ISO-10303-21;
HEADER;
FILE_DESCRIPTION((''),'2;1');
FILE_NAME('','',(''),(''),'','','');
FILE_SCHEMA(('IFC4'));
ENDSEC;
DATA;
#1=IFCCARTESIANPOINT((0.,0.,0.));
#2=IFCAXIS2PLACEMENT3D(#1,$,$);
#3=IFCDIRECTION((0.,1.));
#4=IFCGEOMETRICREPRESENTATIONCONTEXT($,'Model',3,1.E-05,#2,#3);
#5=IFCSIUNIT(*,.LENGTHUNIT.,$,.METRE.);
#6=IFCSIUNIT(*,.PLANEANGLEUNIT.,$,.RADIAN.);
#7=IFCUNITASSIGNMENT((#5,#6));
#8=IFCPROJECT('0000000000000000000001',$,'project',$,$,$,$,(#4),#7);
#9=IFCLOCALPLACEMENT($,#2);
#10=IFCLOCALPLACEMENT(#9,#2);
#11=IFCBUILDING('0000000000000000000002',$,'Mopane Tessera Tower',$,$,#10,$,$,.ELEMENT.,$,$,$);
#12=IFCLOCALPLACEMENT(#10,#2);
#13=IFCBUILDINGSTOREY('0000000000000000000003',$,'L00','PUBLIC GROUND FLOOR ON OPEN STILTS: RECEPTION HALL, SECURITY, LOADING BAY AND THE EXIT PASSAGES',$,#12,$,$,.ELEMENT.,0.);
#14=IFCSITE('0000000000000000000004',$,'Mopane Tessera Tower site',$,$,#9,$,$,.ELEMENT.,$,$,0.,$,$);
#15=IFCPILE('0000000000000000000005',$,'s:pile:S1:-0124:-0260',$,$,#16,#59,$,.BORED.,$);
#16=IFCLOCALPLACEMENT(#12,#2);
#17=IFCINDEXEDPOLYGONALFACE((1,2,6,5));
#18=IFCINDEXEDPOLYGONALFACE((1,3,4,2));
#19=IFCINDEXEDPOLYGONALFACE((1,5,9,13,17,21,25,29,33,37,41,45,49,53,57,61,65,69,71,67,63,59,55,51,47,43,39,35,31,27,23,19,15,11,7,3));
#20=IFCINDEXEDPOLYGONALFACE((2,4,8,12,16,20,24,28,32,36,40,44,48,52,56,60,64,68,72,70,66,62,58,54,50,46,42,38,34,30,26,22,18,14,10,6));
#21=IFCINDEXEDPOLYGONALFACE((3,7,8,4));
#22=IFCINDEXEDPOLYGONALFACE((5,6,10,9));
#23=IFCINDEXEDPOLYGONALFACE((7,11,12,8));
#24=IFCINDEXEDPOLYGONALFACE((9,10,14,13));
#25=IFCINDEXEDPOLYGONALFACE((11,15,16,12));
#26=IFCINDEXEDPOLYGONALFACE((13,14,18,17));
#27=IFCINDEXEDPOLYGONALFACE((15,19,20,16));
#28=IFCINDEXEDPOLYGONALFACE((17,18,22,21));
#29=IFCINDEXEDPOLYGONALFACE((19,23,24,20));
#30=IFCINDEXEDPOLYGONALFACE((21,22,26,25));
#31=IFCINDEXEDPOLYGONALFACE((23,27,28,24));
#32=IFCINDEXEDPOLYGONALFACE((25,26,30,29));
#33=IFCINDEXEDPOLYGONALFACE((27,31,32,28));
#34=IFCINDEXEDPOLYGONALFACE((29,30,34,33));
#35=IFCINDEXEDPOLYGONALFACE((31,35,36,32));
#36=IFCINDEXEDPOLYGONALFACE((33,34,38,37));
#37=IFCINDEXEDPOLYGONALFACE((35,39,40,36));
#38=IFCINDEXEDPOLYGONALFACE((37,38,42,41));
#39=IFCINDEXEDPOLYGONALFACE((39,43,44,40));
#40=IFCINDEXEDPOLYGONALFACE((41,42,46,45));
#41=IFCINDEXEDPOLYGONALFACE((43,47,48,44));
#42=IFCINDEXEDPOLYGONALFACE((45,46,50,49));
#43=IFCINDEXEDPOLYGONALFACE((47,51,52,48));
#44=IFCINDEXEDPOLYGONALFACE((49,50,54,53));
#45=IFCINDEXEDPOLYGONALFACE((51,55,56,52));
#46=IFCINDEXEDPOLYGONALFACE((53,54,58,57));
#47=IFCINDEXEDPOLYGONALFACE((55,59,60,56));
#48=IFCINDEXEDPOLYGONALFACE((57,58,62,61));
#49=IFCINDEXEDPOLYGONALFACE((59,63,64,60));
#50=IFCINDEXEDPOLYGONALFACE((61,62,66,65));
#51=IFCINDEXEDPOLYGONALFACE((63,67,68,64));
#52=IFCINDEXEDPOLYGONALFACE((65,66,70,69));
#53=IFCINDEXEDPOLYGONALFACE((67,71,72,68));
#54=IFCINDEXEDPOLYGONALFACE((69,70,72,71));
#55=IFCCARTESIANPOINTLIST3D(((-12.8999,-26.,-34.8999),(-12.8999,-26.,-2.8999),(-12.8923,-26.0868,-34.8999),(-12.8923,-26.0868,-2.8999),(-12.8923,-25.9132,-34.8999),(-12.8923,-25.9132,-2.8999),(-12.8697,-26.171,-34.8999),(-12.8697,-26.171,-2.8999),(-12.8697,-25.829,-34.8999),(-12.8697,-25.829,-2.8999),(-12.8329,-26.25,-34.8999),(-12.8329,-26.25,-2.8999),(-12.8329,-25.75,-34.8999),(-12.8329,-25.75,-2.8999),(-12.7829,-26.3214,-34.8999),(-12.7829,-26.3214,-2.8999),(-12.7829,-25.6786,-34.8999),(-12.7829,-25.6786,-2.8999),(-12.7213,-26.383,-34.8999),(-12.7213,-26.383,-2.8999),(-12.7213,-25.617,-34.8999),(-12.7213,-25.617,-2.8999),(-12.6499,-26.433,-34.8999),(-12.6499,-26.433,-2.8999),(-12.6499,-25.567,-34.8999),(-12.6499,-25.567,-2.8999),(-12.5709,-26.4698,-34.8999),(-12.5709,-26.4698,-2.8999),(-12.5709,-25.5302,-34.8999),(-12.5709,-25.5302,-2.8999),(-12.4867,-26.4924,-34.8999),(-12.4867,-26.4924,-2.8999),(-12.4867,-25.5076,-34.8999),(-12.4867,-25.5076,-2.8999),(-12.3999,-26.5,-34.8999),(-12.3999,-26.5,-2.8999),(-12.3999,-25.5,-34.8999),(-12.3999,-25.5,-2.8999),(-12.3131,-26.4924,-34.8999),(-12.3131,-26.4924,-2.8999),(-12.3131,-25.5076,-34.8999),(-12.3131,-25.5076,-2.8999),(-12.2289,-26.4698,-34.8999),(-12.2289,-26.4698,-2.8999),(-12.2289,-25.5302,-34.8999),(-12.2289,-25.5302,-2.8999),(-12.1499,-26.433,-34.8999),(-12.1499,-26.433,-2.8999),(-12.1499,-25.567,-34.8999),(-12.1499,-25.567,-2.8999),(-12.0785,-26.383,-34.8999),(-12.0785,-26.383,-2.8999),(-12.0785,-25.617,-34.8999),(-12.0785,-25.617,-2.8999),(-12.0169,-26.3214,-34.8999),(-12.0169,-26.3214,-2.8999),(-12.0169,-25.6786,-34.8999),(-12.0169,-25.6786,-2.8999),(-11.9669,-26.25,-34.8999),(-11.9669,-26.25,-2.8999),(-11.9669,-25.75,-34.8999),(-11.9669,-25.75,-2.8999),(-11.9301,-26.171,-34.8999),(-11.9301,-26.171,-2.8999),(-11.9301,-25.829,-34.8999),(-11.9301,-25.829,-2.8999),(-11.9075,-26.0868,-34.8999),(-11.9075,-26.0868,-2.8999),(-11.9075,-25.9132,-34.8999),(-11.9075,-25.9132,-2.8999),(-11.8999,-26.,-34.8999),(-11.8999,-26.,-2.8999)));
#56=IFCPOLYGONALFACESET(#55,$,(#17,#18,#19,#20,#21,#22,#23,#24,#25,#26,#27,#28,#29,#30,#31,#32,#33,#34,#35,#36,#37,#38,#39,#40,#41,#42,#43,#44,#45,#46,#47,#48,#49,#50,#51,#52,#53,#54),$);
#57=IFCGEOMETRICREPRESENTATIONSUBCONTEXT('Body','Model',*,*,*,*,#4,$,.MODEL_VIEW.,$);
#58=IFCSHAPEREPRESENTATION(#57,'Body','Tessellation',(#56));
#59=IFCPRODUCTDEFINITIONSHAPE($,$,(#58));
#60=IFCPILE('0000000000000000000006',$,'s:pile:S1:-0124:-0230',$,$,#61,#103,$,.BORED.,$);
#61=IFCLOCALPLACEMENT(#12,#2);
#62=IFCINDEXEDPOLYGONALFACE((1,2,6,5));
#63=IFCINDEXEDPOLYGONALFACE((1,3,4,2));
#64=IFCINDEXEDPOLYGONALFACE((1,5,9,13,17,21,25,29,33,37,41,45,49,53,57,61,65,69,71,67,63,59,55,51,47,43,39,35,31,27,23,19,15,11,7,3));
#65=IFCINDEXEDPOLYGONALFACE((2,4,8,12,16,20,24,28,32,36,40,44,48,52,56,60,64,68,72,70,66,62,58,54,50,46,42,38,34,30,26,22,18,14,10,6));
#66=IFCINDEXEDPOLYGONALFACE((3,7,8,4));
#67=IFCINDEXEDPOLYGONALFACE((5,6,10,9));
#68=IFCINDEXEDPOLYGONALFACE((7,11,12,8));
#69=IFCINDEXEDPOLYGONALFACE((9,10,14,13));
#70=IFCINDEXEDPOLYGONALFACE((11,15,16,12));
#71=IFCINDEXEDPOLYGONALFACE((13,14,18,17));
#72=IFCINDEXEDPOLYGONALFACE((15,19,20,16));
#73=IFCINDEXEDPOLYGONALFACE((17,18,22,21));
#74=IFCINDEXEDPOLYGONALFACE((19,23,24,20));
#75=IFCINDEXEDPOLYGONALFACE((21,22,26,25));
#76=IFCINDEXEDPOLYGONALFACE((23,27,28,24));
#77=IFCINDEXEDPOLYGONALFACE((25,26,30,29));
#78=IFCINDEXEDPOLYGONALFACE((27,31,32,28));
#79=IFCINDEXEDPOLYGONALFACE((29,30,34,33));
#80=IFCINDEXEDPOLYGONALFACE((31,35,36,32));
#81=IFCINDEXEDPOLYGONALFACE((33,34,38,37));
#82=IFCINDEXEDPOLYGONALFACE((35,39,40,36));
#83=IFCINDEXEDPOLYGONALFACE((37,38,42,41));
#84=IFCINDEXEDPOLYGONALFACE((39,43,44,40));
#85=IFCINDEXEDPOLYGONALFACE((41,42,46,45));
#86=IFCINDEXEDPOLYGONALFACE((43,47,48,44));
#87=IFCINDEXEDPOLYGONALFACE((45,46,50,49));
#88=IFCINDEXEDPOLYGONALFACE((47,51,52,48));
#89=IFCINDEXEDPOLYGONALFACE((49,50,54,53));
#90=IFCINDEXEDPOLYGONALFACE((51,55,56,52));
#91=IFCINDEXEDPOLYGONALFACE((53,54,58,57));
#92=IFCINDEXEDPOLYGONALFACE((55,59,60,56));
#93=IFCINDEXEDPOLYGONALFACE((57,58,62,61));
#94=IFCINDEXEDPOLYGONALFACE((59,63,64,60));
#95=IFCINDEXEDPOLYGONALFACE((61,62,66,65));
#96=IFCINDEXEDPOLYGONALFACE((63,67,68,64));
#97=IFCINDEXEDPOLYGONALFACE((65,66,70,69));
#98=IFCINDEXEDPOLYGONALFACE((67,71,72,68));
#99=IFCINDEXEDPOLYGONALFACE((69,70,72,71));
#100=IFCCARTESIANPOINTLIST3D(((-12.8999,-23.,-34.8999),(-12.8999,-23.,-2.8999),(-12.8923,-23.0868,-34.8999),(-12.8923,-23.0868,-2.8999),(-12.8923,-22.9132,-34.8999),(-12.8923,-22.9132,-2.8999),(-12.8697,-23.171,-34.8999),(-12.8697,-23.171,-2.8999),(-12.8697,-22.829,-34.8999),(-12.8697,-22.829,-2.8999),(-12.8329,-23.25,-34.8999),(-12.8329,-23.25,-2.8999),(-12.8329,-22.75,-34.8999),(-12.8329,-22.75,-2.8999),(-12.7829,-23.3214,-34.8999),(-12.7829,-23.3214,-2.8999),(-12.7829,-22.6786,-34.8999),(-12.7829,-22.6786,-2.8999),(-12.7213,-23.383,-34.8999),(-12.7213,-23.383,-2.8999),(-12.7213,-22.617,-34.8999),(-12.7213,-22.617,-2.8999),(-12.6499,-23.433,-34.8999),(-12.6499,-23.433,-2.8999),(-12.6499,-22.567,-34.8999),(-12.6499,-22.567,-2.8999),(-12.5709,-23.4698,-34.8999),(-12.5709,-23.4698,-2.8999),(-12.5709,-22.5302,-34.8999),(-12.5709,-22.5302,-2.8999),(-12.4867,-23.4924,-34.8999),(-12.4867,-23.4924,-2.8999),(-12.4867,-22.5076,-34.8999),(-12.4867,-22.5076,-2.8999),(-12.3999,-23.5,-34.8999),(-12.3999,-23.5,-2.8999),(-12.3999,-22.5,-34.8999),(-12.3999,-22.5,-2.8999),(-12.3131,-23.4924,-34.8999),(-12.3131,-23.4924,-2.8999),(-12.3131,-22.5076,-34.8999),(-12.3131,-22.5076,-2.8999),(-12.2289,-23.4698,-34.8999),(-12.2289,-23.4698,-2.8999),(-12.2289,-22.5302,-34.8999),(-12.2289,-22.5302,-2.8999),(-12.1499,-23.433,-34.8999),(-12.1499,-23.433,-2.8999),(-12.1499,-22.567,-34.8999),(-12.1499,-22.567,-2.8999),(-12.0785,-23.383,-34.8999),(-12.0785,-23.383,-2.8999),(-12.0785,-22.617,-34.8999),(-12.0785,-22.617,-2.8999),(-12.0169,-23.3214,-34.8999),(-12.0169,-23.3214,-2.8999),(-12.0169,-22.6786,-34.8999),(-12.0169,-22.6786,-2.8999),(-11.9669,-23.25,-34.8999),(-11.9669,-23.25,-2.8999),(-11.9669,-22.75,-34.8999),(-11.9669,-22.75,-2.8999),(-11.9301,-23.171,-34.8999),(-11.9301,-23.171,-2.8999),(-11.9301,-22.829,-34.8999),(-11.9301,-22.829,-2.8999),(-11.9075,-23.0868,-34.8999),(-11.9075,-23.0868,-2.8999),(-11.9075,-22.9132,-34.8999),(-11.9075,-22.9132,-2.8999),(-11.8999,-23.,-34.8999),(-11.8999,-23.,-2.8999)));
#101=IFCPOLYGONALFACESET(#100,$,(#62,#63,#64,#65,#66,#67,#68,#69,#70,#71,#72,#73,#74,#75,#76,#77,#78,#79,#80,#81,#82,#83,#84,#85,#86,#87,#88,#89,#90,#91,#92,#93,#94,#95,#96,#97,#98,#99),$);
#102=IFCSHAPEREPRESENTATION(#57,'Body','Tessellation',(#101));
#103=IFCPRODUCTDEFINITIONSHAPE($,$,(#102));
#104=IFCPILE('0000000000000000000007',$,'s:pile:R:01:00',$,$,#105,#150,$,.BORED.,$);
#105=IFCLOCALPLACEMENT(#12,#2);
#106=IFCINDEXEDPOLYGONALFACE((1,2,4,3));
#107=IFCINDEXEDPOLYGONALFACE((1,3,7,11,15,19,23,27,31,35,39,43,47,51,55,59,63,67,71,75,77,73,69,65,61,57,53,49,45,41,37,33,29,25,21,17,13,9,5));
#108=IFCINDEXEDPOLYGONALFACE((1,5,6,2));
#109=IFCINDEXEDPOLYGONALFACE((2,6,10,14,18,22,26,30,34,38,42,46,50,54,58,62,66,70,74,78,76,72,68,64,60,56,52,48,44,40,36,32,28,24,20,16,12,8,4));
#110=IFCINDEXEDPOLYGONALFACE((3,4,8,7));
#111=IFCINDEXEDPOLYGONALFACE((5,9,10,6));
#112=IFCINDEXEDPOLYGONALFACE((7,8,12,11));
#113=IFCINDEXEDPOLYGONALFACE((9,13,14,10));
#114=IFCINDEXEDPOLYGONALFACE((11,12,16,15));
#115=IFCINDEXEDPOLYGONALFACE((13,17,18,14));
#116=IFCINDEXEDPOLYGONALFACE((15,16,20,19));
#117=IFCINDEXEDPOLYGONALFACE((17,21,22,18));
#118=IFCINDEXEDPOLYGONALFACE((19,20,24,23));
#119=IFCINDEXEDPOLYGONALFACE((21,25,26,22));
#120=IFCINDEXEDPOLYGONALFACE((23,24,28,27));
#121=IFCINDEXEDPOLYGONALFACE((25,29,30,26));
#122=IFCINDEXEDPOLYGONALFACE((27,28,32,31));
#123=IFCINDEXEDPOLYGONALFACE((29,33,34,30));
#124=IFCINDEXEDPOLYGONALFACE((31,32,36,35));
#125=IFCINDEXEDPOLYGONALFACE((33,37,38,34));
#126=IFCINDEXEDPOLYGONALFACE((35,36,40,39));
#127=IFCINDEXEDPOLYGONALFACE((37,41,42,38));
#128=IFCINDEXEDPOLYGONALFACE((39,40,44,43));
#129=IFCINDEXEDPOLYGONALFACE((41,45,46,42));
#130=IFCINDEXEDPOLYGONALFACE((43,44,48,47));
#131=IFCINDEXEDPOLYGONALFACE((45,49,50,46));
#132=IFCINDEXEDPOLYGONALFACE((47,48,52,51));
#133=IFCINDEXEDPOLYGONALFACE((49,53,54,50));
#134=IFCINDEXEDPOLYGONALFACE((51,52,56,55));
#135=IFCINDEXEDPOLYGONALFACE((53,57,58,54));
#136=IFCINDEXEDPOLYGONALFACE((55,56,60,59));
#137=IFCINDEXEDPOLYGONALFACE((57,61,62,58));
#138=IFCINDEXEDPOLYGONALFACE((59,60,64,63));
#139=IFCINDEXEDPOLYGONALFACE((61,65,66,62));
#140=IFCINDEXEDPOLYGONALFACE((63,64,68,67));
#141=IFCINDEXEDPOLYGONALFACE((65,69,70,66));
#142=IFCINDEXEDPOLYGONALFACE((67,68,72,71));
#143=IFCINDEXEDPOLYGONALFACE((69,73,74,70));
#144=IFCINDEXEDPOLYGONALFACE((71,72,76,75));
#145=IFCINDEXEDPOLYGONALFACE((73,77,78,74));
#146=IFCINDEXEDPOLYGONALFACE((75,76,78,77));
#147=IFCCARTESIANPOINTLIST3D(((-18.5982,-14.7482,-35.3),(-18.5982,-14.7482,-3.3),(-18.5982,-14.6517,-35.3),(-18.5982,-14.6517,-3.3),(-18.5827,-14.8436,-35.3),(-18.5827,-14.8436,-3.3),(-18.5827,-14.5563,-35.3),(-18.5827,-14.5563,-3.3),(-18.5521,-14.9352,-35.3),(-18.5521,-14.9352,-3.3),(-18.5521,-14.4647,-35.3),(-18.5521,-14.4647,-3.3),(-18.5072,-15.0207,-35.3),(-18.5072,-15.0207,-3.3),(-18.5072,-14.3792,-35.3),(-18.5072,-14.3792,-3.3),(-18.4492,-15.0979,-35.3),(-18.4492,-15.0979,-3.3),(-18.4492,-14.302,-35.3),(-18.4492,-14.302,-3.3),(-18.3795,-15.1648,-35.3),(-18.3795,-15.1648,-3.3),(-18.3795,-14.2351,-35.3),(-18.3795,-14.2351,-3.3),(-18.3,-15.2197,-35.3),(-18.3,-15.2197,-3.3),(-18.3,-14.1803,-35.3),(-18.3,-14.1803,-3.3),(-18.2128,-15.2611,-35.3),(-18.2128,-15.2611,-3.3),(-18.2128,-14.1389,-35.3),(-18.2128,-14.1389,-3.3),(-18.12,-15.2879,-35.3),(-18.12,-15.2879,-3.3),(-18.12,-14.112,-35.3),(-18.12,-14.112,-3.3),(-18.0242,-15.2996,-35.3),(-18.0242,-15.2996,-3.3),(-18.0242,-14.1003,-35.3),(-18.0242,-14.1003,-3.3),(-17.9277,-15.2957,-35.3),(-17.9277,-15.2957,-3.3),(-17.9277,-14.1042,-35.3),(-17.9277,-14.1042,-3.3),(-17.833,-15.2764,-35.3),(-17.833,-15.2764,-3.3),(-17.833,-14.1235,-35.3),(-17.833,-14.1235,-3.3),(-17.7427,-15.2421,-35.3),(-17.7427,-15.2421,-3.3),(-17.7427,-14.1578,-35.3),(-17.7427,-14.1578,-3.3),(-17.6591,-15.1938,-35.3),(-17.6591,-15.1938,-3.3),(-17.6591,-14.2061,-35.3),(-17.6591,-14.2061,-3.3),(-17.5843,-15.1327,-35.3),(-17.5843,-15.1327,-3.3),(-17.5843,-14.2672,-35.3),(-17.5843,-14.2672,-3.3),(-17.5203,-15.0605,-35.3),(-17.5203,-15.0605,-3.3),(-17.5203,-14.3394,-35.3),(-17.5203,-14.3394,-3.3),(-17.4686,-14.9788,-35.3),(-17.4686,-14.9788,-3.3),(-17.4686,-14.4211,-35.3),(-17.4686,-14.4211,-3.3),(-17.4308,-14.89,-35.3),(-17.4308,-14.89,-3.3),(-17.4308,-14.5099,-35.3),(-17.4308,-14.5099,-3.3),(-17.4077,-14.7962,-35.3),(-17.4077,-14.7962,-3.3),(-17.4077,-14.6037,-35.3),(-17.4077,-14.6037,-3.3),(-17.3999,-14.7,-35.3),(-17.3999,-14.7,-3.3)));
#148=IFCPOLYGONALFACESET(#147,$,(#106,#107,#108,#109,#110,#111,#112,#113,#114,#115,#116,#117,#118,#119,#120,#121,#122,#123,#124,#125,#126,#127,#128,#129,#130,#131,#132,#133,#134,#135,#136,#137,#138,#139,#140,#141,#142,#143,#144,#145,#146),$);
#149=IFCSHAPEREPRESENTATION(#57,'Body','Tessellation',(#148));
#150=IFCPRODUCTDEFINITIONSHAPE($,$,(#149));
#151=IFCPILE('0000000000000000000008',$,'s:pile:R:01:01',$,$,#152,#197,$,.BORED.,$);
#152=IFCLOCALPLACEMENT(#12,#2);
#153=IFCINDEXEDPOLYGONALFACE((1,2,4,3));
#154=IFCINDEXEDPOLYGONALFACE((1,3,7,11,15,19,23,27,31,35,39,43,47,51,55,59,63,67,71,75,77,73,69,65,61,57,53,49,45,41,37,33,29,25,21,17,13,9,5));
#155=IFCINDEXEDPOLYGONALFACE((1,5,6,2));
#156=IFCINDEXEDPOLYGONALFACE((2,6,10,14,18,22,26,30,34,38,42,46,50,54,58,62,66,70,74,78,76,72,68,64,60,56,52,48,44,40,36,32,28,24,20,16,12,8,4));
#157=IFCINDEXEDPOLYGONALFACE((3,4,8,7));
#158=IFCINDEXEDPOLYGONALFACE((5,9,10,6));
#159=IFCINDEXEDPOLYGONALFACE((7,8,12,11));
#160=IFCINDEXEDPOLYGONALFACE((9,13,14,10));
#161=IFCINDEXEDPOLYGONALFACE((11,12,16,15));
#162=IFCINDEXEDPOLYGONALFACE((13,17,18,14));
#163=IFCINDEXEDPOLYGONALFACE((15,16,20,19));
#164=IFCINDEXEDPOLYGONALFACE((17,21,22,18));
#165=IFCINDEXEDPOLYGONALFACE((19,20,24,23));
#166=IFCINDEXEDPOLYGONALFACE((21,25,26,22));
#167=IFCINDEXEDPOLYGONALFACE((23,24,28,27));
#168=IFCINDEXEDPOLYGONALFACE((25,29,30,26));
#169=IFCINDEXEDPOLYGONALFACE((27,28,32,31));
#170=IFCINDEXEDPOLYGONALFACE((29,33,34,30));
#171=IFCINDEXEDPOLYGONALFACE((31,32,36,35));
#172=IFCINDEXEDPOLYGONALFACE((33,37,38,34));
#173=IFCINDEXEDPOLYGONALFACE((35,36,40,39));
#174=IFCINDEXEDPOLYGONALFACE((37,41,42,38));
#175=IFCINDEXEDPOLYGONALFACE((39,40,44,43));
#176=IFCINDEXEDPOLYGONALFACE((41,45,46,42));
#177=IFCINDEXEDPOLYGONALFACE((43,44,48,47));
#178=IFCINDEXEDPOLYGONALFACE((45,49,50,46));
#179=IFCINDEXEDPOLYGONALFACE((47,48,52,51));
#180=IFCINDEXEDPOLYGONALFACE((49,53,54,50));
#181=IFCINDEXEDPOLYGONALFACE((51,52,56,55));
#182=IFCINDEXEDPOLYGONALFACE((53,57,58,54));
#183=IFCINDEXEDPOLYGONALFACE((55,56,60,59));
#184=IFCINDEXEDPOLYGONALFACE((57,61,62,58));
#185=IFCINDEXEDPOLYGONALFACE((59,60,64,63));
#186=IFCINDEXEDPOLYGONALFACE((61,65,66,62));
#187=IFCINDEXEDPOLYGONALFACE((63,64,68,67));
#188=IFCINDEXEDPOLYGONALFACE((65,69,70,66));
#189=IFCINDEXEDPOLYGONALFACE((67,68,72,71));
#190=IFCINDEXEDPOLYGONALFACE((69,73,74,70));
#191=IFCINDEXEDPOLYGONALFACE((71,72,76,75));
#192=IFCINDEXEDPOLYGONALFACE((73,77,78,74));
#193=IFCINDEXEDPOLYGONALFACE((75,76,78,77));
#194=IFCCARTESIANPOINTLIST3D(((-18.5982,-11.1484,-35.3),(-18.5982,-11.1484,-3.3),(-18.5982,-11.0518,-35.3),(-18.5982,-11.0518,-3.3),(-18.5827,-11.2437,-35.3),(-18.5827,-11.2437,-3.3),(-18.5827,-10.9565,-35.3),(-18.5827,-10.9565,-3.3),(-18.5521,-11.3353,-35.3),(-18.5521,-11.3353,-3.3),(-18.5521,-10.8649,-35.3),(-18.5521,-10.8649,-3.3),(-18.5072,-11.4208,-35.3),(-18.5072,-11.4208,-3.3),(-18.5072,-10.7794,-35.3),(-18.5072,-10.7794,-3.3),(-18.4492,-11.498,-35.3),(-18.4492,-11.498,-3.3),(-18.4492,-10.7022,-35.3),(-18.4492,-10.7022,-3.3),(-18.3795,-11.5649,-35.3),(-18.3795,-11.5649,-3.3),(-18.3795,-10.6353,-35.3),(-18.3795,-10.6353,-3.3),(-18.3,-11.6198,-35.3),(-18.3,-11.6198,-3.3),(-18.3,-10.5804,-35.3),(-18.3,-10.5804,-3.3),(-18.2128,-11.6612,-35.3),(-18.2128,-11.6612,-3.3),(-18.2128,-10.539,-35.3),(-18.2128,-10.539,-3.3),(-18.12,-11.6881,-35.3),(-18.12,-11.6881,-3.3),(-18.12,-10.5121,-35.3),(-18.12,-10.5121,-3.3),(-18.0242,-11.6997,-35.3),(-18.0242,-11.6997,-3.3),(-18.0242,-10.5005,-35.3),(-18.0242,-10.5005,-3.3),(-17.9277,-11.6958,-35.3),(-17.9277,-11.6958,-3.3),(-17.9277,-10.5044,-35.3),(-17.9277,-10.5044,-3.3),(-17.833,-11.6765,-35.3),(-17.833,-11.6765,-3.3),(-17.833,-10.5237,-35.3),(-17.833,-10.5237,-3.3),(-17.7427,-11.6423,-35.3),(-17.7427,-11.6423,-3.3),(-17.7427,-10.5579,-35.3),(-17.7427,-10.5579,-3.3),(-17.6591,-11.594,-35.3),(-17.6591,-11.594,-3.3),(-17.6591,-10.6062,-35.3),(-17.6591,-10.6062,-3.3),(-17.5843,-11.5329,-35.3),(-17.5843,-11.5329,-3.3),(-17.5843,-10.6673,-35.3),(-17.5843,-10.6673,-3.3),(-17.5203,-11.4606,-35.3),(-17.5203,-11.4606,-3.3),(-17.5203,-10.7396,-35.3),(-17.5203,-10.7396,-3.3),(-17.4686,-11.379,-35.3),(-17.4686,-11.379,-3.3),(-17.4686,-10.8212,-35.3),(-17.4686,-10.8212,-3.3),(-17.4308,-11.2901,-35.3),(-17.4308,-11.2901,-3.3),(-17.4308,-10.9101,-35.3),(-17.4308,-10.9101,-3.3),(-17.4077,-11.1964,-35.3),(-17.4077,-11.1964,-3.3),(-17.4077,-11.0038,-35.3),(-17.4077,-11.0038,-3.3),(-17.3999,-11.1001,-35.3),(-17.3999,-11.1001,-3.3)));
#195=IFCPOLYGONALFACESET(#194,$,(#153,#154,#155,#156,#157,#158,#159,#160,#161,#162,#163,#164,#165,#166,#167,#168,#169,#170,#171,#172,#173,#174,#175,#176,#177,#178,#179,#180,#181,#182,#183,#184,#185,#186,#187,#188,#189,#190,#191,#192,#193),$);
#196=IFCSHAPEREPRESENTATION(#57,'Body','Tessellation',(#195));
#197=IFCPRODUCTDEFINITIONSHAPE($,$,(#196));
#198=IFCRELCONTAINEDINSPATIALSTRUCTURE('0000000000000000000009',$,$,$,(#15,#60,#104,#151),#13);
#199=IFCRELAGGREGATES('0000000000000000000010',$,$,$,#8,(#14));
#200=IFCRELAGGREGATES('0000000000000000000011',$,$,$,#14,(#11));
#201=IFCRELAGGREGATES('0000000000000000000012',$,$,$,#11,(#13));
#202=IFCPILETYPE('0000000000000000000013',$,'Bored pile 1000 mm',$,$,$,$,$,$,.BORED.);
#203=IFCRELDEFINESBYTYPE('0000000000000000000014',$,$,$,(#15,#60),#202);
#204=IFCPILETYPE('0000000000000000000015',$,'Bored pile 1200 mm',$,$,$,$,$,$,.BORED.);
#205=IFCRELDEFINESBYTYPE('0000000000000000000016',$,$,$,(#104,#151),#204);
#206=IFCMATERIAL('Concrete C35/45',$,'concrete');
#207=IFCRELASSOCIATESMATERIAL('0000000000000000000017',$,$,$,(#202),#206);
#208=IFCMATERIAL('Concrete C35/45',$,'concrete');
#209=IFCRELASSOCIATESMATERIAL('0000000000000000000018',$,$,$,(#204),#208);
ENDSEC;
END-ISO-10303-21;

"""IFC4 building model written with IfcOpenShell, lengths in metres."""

from ifc_helpers import new_model, si_unit, direction, frame, origin, origin_2d, place, context, subcontext, project, spatial, circle, extrude, material, material_profile, profile_set, type_object, element, save


model = new_model("IFC4")

# Units and contexts
model_context = context("Model", 3, precision=1e-05, world=origin(), true_north=direction((0.0, 1.0)))
body_context = subcontext(model_context, "Body", "Model", "MODEL_VIEW")
ifc_project = project(units=[si_unit("LENGTHUNIT", "METRE"), si_unit("PLANEANGLEUNIT", "RADIAN")], contexts=[model_context])

# Site, building, storey
site_placement = place(None, origin())
site = spatial("IfcSite", under=ifc_project, at=site_placement, Name="Mopane Tessera Tower site", CompositionType="ELEMENT", RefElevation=0.0)
building_placement = place(site_placement, origin())
building = spatial("IfcBuilding", under=site, at=building_placement, Name="Mopane Tessera Tower", CompositionType="ELEMENT")
storey_placement = place(building_placement, origin())
storey = spatial("IfcBuildingStorey", under=building, at=storey_placement, Name="L00", Description="PUBLIC GROUND FLOOR ON OPEN STILTS: RECEPTION HALL, SECURITY, LOADING BAY AND THE EXIT PASSAGES", CompositionType="ELEMENT", Elevation=0.0)

# Piles
ifc_material_1 = material(Name="Concrete C35/45", Category="concrete")
ifc_material_profile_1 = material_profile(ifc_material_1, circle(Radius=0.5, at=origin_2d()))
ifc_profile_set_1 = profile_set([ifc_material_profile_1], Name="Concrete C35/45")
pile_type_1 = type_object("IfcPileType", Name="Bored pile 1000 mm", PredefinedType="BORED", material=ifc_profile_set_1)
for number, where, z_axis, x_axis, name in (
    (1, (-12.3999, -26.0, -2.8999), (0.0, 0.0, -1.0), (1.0, 0.0, 0.0), "s:pile:S1:-0124:-0260"),
    (2, (-12.3999, -23.0, -2.8999), (0.0, 0.0, -1.0), (1.0, 0.0, 0.0), "s:pile:S1:-0124:-0230"),
):
    element("IfcPile", number, at=place(storey_placement, frame(where, z_axis=z_axis, x_axis=x_axis)), inside=storey, type_object=pile_type_1, Name=name, PredefinedType="BORED", context=body_context, shape_type="SweptSolid", body=[
        extrude(circle(Radius=0.5, at=origin_2d()), origin(), (0.0, 0.0, 1.0), 32.0),
    ])
ifc_material_2 = material(Name="Concrete C35/45", Category="concrete")
ifc_material_profile_2 = material_profile(ifc_material_2, circle(Radius=0.6001, at=origin_2d()))
ifc_profile_set_2 = profile_set([ifc_material_profile_2], Name="Concrete C35/45")
pile_type_2 = type_object("IfcPileType", Name="Bored pile 1200 mm", PredefinedType="BORED", material=ifc_profile_set_2)
for number, where, z_axis, x_axis, name in (
    (3, (-18.0, -14.7, -3.3), (0.0, 0.0, -1.0), (1.0, 0.0, 0.0), "s:pile:R:01:00"),
    (4, (-18.0, -11.1001, -3.3), (0.0, 0.0, -1.0), (1.0, 0.0, 0.0), "s:pile:R:01:01"),
):
    element("IfcPile", number, at=place(storey_placement, frame(where, z_axis=z_axis, x_axis=x_axis)), inside=storey, type_object=pile_type_2, Name=name, PredefinedType="BORED", context=body_context, shape_type="SweptSolid", body=[
        extrude(circle(Radius=0.6001, at=origin_2d()), origin(), (0.0, 0.0, 1.0), 32.0),
    ])

save(model, "model.ifc")
